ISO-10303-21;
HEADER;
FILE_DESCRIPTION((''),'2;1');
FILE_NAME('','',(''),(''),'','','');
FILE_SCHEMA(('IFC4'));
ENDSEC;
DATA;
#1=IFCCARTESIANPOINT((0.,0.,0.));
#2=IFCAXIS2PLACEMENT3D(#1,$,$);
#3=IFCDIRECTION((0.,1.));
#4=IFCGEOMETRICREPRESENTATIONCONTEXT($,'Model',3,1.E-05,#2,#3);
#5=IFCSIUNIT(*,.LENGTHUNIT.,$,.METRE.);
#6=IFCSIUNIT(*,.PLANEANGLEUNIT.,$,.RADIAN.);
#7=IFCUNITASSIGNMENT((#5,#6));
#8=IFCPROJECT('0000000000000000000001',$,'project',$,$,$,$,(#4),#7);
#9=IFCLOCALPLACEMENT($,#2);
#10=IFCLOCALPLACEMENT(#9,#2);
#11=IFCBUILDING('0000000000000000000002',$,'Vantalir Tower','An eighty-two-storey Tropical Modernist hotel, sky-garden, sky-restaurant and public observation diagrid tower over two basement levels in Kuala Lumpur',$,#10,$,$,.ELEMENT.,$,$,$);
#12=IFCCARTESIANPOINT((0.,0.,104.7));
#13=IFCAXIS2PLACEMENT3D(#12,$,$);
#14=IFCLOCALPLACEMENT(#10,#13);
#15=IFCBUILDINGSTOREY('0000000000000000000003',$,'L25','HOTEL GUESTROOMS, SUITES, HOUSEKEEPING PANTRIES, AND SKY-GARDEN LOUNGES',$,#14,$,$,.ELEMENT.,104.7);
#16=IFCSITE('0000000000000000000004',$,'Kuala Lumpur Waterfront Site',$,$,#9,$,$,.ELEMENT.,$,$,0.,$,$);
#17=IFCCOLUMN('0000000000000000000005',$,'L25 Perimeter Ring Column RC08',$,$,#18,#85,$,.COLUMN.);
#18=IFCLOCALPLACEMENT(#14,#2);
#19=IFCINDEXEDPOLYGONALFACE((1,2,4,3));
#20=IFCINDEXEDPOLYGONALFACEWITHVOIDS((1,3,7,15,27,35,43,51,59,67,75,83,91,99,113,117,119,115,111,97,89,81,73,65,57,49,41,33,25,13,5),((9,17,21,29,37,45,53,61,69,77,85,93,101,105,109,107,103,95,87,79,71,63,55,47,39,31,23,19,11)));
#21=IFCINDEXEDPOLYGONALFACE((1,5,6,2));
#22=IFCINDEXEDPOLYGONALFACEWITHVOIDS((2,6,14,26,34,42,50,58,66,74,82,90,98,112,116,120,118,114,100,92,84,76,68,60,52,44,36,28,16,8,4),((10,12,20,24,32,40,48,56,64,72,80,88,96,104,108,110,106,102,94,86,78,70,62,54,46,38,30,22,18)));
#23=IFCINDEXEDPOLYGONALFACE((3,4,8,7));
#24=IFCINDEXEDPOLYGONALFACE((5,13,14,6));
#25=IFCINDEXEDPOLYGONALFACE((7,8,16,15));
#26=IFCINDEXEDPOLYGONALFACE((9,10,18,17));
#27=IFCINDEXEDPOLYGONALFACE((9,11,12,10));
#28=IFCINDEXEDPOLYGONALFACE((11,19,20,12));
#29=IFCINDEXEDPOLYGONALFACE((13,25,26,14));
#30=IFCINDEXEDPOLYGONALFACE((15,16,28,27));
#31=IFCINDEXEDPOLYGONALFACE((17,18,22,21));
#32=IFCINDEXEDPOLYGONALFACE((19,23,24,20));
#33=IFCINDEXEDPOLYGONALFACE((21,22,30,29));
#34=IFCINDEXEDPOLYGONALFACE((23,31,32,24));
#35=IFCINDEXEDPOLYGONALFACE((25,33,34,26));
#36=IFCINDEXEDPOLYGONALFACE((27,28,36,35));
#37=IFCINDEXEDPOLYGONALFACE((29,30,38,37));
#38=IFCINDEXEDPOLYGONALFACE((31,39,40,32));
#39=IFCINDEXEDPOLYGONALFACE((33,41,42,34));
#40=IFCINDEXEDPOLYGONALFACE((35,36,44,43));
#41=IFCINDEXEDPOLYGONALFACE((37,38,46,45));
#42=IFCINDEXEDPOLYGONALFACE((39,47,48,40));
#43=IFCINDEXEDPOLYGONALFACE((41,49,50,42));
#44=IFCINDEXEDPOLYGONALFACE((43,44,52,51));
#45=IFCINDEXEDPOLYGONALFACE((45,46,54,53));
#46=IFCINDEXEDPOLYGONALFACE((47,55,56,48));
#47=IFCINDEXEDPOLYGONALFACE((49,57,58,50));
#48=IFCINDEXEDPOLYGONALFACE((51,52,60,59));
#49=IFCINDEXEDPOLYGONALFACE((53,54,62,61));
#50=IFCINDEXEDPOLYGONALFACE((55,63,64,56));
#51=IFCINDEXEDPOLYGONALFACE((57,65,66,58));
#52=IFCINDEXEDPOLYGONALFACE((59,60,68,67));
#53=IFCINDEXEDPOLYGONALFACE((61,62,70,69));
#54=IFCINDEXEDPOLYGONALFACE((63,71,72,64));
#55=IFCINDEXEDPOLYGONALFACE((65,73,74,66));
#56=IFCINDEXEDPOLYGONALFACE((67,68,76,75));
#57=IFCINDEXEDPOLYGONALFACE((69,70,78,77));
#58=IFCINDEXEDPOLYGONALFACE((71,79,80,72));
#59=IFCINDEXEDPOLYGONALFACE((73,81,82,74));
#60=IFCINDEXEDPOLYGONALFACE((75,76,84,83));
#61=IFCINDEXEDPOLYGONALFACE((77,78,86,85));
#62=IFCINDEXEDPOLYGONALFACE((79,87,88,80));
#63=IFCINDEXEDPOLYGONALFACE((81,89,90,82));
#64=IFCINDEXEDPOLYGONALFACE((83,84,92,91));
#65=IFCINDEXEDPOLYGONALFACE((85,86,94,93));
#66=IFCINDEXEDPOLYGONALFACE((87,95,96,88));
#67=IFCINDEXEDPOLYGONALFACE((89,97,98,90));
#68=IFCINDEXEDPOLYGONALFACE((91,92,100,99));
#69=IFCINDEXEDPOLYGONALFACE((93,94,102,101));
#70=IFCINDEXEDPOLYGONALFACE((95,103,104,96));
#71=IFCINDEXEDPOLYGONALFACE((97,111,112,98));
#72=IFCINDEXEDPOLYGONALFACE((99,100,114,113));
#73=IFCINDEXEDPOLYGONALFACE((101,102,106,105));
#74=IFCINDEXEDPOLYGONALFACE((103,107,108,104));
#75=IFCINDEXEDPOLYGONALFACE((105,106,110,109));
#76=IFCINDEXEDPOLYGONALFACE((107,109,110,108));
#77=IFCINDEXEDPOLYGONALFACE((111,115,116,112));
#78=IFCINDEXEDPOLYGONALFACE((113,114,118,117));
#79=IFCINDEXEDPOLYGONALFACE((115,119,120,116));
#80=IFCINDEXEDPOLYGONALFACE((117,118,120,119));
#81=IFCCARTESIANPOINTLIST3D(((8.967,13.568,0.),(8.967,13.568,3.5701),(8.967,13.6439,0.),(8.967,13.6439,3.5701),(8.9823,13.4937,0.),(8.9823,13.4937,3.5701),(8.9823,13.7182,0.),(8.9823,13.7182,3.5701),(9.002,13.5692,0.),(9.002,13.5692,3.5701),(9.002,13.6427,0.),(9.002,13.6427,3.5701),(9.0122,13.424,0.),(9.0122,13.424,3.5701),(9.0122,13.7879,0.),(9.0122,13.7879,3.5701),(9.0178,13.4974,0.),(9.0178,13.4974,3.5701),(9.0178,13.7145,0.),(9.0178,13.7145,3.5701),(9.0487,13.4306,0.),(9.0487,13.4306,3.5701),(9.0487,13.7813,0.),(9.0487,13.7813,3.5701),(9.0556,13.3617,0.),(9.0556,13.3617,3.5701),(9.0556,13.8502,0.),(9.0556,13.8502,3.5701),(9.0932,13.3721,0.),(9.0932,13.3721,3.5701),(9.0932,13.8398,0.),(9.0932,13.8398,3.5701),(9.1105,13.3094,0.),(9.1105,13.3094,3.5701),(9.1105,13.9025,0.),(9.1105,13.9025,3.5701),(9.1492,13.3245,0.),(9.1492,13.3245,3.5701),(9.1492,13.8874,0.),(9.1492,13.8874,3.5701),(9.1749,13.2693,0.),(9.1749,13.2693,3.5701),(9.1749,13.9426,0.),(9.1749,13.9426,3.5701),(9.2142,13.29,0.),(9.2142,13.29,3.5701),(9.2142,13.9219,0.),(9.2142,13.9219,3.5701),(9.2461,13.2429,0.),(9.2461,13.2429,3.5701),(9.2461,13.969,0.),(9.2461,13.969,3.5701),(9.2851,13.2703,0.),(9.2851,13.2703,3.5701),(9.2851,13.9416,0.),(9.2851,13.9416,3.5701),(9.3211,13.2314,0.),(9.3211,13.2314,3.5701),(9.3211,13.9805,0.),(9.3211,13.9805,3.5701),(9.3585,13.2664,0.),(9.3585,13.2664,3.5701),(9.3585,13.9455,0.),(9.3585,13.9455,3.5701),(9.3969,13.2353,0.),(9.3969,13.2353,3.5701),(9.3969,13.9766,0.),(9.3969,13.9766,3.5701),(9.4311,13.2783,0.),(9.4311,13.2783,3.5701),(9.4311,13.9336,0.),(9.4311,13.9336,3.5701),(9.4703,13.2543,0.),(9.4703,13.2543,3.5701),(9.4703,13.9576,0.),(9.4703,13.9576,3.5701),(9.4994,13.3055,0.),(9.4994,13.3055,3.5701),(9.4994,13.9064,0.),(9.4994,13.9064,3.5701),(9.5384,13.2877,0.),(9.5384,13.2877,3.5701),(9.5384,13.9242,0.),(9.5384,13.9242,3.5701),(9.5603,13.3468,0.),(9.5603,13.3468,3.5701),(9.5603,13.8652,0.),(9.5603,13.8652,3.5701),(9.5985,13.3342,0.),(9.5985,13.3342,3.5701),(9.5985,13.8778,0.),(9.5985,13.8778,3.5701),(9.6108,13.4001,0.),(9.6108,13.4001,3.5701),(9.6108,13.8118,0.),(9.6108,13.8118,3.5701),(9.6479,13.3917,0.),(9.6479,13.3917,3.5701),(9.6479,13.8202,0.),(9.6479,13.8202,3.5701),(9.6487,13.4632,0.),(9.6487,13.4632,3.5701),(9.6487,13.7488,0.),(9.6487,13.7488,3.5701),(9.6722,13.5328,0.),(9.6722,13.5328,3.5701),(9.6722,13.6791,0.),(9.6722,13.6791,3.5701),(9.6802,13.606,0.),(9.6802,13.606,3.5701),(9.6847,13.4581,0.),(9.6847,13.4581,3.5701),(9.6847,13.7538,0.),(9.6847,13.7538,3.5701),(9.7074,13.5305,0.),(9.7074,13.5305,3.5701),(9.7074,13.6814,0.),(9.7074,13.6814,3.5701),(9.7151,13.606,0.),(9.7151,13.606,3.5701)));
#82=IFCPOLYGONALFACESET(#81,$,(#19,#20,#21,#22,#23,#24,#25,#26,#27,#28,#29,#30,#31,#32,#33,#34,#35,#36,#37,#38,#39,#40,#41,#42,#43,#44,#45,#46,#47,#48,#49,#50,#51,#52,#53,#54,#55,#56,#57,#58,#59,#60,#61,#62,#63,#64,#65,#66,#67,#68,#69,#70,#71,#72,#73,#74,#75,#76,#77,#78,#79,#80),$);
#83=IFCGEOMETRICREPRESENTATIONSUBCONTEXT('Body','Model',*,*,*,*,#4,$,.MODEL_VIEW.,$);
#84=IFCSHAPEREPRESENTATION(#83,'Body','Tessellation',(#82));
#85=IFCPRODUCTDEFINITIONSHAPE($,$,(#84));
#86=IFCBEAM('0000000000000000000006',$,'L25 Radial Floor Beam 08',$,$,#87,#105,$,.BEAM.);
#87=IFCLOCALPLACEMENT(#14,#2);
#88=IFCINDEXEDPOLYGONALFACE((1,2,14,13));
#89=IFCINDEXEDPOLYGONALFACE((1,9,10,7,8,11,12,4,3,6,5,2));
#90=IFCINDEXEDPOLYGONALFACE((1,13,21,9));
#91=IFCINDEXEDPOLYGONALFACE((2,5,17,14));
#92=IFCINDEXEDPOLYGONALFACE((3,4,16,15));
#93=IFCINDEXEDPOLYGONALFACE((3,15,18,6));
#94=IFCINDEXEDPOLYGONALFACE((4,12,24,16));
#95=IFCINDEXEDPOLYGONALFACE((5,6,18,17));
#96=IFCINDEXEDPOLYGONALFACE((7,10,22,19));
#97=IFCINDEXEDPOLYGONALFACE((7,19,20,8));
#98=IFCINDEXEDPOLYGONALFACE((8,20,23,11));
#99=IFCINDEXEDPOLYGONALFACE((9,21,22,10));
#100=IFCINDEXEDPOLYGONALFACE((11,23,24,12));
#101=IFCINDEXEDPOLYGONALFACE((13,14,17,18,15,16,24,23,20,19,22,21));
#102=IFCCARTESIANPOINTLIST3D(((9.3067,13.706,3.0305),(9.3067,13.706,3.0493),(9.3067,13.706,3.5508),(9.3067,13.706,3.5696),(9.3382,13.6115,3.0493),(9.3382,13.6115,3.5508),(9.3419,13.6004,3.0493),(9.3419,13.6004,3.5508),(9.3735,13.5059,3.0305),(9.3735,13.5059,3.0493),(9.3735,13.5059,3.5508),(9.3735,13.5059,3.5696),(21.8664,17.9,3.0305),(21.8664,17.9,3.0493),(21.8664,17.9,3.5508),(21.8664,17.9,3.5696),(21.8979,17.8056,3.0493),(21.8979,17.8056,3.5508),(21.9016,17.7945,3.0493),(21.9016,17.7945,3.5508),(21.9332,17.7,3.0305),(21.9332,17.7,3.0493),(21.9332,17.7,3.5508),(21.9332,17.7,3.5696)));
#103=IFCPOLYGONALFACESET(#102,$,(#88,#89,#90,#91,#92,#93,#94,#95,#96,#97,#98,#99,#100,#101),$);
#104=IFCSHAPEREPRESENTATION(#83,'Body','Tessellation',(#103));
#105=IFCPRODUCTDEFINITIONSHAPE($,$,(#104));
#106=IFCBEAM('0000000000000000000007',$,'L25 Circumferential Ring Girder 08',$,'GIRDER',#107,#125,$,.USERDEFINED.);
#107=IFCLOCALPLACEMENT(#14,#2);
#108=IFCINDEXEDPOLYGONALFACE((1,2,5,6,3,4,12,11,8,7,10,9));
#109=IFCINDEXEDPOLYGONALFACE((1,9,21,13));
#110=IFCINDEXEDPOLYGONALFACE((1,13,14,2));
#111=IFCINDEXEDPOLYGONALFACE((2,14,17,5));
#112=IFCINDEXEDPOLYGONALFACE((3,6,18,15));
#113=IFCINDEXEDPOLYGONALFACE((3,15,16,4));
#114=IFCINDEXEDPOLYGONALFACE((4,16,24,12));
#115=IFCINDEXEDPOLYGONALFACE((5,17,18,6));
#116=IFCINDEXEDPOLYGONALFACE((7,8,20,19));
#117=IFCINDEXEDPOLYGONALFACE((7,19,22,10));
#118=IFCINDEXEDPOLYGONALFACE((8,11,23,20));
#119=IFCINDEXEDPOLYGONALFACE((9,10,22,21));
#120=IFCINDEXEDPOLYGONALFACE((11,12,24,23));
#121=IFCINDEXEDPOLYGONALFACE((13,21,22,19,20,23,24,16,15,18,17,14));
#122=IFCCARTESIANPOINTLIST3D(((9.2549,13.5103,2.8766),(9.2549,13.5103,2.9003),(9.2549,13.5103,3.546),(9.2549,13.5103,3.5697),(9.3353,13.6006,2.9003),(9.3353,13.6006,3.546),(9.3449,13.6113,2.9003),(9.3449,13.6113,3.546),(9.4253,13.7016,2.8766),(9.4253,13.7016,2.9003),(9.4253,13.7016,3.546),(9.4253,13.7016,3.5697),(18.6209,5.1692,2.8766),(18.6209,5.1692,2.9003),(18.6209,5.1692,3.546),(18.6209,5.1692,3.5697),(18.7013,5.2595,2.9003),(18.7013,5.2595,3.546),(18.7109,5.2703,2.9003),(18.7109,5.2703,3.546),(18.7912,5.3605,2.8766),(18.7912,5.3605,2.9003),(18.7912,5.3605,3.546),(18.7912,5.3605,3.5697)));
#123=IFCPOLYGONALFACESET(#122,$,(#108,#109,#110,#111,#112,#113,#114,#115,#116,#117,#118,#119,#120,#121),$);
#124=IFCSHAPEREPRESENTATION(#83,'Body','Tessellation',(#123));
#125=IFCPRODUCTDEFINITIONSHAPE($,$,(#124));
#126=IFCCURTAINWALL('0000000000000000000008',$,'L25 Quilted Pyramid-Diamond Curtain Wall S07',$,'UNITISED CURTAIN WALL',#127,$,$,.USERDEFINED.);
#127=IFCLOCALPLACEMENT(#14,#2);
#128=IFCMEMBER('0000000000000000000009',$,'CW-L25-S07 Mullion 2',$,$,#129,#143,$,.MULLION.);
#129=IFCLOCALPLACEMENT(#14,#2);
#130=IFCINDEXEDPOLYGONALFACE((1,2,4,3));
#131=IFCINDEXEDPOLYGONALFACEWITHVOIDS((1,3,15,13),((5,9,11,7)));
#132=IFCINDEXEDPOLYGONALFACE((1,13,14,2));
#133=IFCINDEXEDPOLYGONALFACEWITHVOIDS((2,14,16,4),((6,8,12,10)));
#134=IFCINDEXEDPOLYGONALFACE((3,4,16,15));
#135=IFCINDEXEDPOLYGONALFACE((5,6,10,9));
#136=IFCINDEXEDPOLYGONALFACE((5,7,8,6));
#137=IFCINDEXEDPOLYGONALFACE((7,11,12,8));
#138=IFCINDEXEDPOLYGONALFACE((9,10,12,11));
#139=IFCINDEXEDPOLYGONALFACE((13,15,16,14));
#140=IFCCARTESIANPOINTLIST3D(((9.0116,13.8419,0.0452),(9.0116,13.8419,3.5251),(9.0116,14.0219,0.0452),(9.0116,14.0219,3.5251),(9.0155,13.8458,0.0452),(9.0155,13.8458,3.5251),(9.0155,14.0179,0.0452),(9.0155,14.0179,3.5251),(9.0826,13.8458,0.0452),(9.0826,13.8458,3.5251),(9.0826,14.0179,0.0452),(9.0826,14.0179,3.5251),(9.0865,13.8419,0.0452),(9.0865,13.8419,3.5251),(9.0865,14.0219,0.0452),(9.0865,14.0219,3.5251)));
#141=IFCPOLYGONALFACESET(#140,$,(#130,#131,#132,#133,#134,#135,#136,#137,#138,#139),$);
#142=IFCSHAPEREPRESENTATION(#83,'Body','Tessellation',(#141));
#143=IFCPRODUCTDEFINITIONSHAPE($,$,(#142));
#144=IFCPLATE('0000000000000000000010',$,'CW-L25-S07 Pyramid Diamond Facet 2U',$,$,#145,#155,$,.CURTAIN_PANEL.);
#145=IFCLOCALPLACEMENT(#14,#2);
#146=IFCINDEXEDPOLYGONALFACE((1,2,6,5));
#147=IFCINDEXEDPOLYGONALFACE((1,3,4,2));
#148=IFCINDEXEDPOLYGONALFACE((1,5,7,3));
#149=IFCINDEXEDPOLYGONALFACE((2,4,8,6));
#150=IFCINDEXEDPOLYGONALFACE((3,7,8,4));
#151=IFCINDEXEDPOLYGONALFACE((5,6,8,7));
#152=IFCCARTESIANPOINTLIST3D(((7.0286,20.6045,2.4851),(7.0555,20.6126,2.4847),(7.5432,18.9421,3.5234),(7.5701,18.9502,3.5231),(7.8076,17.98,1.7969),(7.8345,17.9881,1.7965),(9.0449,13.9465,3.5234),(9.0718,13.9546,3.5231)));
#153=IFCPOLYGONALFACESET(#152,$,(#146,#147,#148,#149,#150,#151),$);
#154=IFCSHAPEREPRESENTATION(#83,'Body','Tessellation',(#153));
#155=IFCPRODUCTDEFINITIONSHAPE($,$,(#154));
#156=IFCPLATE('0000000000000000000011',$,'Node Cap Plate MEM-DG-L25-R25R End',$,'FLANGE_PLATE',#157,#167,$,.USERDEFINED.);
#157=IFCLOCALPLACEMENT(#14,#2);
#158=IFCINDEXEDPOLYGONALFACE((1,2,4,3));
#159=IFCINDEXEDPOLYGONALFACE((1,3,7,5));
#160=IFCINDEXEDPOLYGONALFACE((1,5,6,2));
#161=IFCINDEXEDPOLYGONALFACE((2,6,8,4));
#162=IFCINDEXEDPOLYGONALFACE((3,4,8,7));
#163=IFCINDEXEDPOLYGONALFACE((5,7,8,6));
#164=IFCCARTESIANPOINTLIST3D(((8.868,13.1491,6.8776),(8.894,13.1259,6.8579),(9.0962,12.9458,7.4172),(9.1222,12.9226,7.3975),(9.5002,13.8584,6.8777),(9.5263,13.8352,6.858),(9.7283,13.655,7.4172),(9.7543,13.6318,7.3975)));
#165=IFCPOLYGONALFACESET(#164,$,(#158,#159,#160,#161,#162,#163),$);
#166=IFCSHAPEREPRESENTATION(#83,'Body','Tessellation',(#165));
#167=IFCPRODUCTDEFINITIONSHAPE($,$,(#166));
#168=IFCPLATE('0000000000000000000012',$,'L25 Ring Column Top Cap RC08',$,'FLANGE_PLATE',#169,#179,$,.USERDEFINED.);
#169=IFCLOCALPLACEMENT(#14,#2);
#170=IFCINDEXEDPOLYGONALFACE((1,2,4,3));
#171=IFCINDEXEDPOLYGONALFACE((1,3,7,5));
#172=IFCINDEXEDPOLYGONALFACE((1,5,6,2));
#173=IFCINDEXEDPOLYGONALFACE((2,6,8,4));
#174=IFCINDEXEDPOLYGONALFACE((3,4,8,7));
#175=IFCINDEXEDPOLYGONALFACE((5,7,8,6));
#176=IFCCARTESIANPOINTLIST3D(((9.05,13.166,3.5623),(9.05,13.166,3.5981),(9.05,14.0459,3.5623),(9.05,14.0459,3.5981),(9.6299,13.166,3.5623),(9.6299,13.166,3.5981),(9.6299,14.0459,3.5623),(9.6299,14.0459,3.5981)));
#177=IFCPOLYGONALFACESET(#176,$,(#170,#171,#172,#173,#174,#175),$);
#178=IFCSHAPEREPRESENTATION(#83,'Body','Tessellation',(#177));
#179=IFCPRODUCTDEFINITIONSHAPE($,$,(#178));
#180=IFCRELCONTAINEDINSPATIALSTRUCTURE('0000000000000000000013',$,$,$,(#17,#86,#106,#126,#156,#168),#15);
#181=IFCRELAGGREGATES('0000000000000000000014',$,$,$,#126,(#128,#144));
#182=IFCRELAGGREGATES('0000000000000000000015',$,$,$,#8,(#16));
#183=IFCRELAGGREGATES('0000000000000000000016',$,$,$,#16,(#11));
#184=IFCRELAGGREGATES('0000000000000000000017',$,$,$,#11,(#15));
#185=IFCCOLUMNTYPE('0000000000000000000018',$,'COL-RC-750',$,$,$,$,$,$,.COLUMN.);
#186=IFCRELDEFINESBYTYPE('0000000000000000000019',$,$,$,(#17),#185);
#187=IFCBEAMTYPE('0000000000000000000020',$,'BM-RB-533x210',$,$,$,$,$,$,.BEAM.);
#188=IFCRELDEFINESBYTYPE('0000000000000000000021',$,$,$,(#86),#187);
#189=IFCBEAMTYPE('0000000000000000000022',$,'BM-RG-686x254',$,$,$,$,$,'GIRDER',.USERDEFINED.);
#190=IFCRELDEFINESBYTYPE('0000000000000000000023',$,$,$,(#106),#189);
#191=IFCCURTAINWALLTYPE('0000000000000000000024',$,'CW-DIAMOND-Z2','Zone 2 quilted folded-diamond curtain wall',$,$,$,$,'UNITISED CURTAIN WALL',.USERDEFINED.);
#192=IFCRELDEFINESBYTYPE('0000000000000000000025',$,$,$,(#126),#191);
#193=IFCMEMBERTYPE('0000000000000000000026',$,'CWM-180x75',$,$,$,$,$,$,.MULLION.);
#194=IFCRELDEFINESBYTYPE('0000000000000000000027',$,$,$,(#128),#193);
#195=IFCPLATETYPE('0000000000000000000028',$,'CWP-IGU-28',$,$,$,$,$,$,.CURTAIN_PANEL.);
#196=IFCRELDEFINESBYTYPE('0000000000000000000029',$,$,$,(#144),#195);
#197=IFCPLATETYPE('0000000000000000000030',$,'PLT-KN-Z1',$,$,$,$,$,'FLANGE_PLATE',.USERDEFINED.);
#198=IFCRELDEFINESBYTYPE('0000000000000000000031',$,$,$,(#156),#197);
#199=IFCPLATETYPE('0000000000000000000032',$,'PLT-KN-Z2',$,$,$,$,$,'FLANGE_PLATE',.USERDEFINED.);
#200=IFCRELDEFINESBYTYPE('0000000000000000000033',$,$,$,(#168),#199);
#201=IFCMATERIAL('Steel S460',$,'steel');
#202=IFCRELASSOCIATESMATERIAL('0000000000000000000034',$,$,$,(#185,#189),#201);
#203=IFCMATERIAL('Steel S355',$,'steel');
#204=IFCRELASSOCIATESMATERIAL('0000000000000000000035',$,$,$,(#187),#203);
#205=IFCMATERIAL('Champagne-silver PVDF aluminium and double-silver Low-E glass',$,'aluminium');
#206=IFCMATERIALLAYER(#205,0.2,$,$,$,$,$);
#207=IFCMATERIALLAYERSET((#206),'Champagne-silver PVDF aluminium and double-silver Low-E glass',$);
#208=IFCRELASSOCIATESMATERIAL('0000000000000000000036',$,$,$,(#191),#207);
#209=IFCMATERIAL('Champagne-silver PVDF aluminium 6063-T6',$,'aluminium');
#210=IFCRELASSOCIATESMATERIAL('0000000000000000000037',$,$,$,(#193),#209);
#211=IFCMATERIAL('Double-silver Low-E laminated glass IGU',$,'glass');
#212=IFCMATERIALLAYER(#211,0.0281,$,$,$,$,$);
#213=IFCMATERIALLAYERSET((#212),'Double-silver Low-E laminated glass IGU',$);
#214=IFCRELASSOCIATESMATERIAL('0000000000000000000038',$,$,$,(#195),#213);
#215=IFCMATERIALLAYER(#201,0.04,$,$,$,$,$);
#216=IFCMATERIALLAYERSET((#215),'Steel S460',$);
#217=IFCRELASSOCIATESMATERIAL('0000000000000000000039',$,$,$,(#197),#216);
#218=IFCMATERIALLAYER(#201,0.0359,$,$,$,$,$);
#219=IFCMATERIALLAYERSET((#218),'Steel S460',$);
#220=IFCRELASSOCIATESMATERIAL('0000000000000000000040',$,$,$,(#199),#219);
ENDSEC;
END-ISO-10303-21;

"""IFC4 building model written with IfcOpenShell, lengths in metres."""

from ifc_helpers import new_model, si_unit, direction, frame, origin, origin_2d, place, context, subcontext, project, spatial, polyline, hollow_rectangle, hollow_circle, i_section, outline, extrude, material, layer, layer_set, material_profile, profile_set, type_object, element, aggregate, save


model = new_model("IFC4")

# Units and contexts
model_context = context("Model", 3, precision=1e-05, world=origin(), true_north=direction((0.0, 1.0)))
body_context = subcontext(model_context, "Body", "Model", "MODEL_VIEW")
ifc_project = project(units=[si_unit("LENGTHUNIT", "METRE"), si_unit("PLANEANGLEUNIT", "RADIAN")], contexts=[model_context])

# Site, building, storey
site_placement = place(None, origin())
site = spatial("IfcSite", under=ifc_project, at=site_placement, Name="Kuala Lumpur Waterfront Site", CompositionType="ELEMENT", RefElevation=0.0)
building_placement = place(site_placement, origin())
building = spatial("IfcBuilding", under=site, at=building_placement, Name="Vantalir Tower", Description="An eighty-two-storey Tropical Modernist hotel, sky-garden, sky-restaurant and public observation diagrid tower over two basement levels in Kuala Lumpur", CompositionType="ELEMENT")
storey_placement = place(building_placement, frame((0.0, 0.0, 104.7)))
storey = spatial("IfcBuildingStorey", under=building, at=storey_placement, Name="L25", Description="HOTEL GUESTROOMS, SUITES, HOUSEKEEPING PANTRIES, AND SKY-GARDEN LOUNGES", CompositionType="ELEMENT", Elevation=104.7)

# Column
ifc_material_1 = material(Name="Steel S460", Category="steel")
ifc_material_profile_1 = material_profile(ifc_material_1, hollow_circle(Radius=0.375, WallThickness=0.0349, at=origin_2d()), Name="Steel S460")
ifc_profile_set_1 = profile_set([ifc_material_profile_1], Name="Steel S460")
column_type = type_object("IfcColumnType", Name="COL-RC-750", PredefinedType="COLUMN", material=ifc_profile_set_1)
column_placement = place(storey_placement, frame((9.3401, 13.606, 0.0), z_axis=(0.0, 0.0, 1.0), x_axis=(1.0, 0.0, 0.0)))
element("IfcColumn", 1, at=column_placement, inside=storey, type_object=column_type, Name="L25 Perimeter Ring Column RC08", PredefinedType="COLUMN", context=body_context, shape_type="SweptSolid", body=[
    extrude(hollow_circle(Radius=0.375, WallThickness=0.0349, at=origin_2d()), origin(), (0.0, 0.0, 1.0), 3.5701),
])

# Beams
ifc_material_2 = material(Name="Steel S355", Category="steel")
ifc_material_profile_2 = material_profile(ifc_material_2, i_section(OverallWidth=0.2109, OverallDepth=0.5391, WebThickness=0.0117, FlangeThickness=0.0188, at=origin_2d()), Name="Steel S355")
ifc_profile_set_2 = profile_set([ifc_material_profile_2], Name="Steel S355")
beam_type_1 = type_object("IfcBeamType", Name="BM-RB-533x210", PredefinedType="BEAM", material=ifc_profile_set_2)
beam_1_placement = place(storey_placement, frame((9.3401, 13.606, 3.3), z_axis=(0.948514, 0.316737, 0.0), x_axis=(-0.316737, 0.948514, 0.0)))
element("IfcBeam", 2, at=beam_1_placement, inside=storey, type_object=beam_type_1, Name="L25 Radial Floor Beam 08", PredefinedType="BEAM", context=body_context, shape_type="SweptSolid", body=[
    extrude(i_section(OverallWidth=0.2109, OverallDepth=0.5391, WebThickness=0.0117, FlangeThickness=0.0188, at=origin_2d()), origin(), (0.0, 0.0, 1.0), 13.2415),
])
ifc_material_profile_3 = material_profile(ifc_material_1, i_section(OverallWidth=0.2561, OverallDepth=0.6931, WebThickness=0.0144, FlangeThickness=0.0237, at=origin_2d()), Name="Steel S460")
ifc_profile_set_3 = profile_set([ifc_material_profile_3], Name="Steel S460")
beam_type_2 = type_object("IfcBeamType", Name="BM-RG-686x254", ElementType="GIRDER", PredefinedType="USERDEFINED", material=ifc_profile_set_3)
beam_2_placement = place(storey_placement, frame((9.3401, 13.606, 3.2231), z_axis=(0.746785, -0.665066, 0.0), x_axis=(0.665066, 0.746785, 0.0)))
element("IfcBeam", 3, at=beam_2_placement, inside=storey, type_object=beam_type_2, Name="L25 Circumferential Ring Girder 08", ObjectType="GIRDER", PredefinedType="USERDEFINED", context=body_context, shape_type="SweptSolid", body=[
    extrude(i_section(OverallWidth=0.2561, OverallDepth=0.6931, WebThickness=0.0144, FlangeThickness=0.0237, at=origin_2d()), origin(), (0.0, 0.0, 1.0), 12.5417),
])

# Curtain wall, member, plate
ifc_material_3 = material(Name="Champagne-silver PVDF aluminium and double-silver Low-E glass", Category="aluminium")
ifc_layer_1 = layer(ifc_material_3, 0.2)
ifc_layer_set_1 = layer_set([ifc_layer_1], Name="Champagne-silver PVDF aluminium and double-silver Low-E glass")
curtain_wall_type = type_object("IfcCurtainWallType", Name="CW-DIAMOND-Z2", Description="Zone 2 quilted folded-diamond curtain wall", ElementType="UNITISED CURTAIN WALL", PredefinedType="USERDEFINED", material=ifc_layer_set_1)
curtain_wall_placement = place(storey_placement, origin())
curtain_wall = element("IfcCurtainWall", 4, at=curtain_wall_placement, inside=storey, type_object=curtain_wall_type, Name="L25 Quilted Pyramid-Diamond Curtain Wall S07", ObjectType="UNITISED CURTAIN WALL", PredefinedType="USERDEFINED")
ifc_material_4 = material(Name="Champagne-silver PVDF aluminium 6063-T6", Category="aluminium")
ifc_material_profile_4 = material_profile(ifc_material_4, hollow_rectangle(XDim=0.075, YDim=0.1799, WallThickness=0.0039, at=origin_2d()), Name="Champagne-silver PVDF aluminium 6063-T6")
ifc_profile_set_4 = profile_set([ifc_material_profile_4], Name="Champagne-silver PVDF aluminium 6063-T6")
member_type = type_object("IfcMemberType", Name="CWM-180x75", PredefinedType="MULLION", material=ifc_profile_set_4)
member_placement = place(storey_placement, frame((9.0491, 13.9319, 0.0452), z_axis=(0.0, 0.0, 1.0), x_axis=(1.0, 0.0, 0.0)))
member = element("IfcMember", 5, at=member_placement, type_object=member_type, Name="CW-L25-S07 Mullion 2", PredefinedType="MULLION", context=body_context, shape_type="SweptSolid", body=[
    extrude(hollow_rectangle(XDim=0.075, YDim=0.1799, WallThickness=0.0039, at=origin_2d()), origin(), (0.0, 0.0, 1.0), 3.48),
])
ifc_material_5 = material(Name="Double-silver Low-E laminated glass IGU", Category="glass")
ifc_layer_2 = layer(ifc_material_5, 0.0281)
ifc_layer_set_2 = layer_set([ifc_layer_2], Name="Double-silver Low-E laminated glass IGU")
plate_type_1 = type_object("IfcPlateType", Name="CWP-IGU-28", PredefinedType="CURTAIN_PANEL", material=ifc_layer_set_2)
plate_1_placement = place(storey_placement, frame((7.5432, 18.9421, 3.5234), z_axis=(-0.957575, -0.287854, 0.013769), x_axis=(0.287881, -0.957666, 0.0)))
plate_1 = element("IfcPlate", 6, at=plate_1_placement, type_object=plate_type_1, Name="CW-L25-S07 Pyramid Diamond Facet 2U", PredefinedType="CURTAIN_PANEL", context=body_context, shape_type="SweptSolid", body=[
    extrude(outline(polyline([(0.0, 0.0), (5.2164, 0.0), (0.9975, -1.7267), (-1.7401, -1.0384), (0.0, 0.0)])), origin(), (0.0, 0.0, -1.0), 0.0281),
])
aggregate(curtain_wall, [member, plate_1])

# Plates
ifc_layer_3 = layer(ifc_material_1, 0.04)
ifc_layer_set_3 = layer_set([ifc_layer_3], Name="Steel S460")
plate_type_2 = type_object("IfcPlateType", Name="PLT-KN-Z1", ElementType="FLANGE_PLATE", PredefinedType="USERDEFINED", material=ifc_layer_set_3)
plate_2_placement = place(storey_placement, frame((9.5002, 13.8584, 6.8777), z_axis=(-0.649513, 0.578972, 0.492875), x_axis=(-0.665425, -0.746464, -0.000041)))
element("IfcPlate", 7, at=plate_2_placement, inside=storey, type_object=plate_type_2, Name="Node Cap Plate MEM-DG-L25-R25R End", ObjectType="FLANGE_PLATE", PredefinedType="USERDEFINED", context=body_context, shape_type="SweptSolid", body=[
    extrude(outline(polyline([(0.0, 0.0), (0.9502, 0.0), (0.9501, 0.6201), (0.0001, 0.6201), (0.0, 0.0)])), origin(), (0.0, 0.0, -1.0), 0.04),
])
ifc_layer_4 = layer(ifc_material_1, 0.0359)
ifc_layer_set_4 = layer_set([ifc_layer_4], Name="Steel S460")
plate_type_3 = type_object("IfcPlateType", Name="PLT-KN-Z2", ElementType="FLANGE_PLATE", PredefinedType="USERDEFINED", material=ifc_layer_set_4)
for number, where, z_axis, x_axis, name in (
    (8, (9.05, 14.0459, 3.5981), (0.0, 0.0, 1.0), (0.0, -1.0, 0.0), "L25 Ring Column Top Cap RC08"),
):
    element("IfcPlate", number, at=place(storey_placement, frame(where, z_axis=z_axis, x_axis=x_axis)), inside=storey, type_object=plate_type_3, Name=name, ObjectType="FLANGE_PLATE", PredefinedType="USERDEFINED", context=body_context, shape_type="SweptSolid", body=[
        extrude(outline(polyline([(0.0, 0.0), (0.8799, 0.0), (0.8799, 0.5798), (0.0, 0.5798), (0.0, 0.0)])), origin(), (0.0, 0.0, -1.0), 0.0359),
    ])

save(model, "model.ifc")
